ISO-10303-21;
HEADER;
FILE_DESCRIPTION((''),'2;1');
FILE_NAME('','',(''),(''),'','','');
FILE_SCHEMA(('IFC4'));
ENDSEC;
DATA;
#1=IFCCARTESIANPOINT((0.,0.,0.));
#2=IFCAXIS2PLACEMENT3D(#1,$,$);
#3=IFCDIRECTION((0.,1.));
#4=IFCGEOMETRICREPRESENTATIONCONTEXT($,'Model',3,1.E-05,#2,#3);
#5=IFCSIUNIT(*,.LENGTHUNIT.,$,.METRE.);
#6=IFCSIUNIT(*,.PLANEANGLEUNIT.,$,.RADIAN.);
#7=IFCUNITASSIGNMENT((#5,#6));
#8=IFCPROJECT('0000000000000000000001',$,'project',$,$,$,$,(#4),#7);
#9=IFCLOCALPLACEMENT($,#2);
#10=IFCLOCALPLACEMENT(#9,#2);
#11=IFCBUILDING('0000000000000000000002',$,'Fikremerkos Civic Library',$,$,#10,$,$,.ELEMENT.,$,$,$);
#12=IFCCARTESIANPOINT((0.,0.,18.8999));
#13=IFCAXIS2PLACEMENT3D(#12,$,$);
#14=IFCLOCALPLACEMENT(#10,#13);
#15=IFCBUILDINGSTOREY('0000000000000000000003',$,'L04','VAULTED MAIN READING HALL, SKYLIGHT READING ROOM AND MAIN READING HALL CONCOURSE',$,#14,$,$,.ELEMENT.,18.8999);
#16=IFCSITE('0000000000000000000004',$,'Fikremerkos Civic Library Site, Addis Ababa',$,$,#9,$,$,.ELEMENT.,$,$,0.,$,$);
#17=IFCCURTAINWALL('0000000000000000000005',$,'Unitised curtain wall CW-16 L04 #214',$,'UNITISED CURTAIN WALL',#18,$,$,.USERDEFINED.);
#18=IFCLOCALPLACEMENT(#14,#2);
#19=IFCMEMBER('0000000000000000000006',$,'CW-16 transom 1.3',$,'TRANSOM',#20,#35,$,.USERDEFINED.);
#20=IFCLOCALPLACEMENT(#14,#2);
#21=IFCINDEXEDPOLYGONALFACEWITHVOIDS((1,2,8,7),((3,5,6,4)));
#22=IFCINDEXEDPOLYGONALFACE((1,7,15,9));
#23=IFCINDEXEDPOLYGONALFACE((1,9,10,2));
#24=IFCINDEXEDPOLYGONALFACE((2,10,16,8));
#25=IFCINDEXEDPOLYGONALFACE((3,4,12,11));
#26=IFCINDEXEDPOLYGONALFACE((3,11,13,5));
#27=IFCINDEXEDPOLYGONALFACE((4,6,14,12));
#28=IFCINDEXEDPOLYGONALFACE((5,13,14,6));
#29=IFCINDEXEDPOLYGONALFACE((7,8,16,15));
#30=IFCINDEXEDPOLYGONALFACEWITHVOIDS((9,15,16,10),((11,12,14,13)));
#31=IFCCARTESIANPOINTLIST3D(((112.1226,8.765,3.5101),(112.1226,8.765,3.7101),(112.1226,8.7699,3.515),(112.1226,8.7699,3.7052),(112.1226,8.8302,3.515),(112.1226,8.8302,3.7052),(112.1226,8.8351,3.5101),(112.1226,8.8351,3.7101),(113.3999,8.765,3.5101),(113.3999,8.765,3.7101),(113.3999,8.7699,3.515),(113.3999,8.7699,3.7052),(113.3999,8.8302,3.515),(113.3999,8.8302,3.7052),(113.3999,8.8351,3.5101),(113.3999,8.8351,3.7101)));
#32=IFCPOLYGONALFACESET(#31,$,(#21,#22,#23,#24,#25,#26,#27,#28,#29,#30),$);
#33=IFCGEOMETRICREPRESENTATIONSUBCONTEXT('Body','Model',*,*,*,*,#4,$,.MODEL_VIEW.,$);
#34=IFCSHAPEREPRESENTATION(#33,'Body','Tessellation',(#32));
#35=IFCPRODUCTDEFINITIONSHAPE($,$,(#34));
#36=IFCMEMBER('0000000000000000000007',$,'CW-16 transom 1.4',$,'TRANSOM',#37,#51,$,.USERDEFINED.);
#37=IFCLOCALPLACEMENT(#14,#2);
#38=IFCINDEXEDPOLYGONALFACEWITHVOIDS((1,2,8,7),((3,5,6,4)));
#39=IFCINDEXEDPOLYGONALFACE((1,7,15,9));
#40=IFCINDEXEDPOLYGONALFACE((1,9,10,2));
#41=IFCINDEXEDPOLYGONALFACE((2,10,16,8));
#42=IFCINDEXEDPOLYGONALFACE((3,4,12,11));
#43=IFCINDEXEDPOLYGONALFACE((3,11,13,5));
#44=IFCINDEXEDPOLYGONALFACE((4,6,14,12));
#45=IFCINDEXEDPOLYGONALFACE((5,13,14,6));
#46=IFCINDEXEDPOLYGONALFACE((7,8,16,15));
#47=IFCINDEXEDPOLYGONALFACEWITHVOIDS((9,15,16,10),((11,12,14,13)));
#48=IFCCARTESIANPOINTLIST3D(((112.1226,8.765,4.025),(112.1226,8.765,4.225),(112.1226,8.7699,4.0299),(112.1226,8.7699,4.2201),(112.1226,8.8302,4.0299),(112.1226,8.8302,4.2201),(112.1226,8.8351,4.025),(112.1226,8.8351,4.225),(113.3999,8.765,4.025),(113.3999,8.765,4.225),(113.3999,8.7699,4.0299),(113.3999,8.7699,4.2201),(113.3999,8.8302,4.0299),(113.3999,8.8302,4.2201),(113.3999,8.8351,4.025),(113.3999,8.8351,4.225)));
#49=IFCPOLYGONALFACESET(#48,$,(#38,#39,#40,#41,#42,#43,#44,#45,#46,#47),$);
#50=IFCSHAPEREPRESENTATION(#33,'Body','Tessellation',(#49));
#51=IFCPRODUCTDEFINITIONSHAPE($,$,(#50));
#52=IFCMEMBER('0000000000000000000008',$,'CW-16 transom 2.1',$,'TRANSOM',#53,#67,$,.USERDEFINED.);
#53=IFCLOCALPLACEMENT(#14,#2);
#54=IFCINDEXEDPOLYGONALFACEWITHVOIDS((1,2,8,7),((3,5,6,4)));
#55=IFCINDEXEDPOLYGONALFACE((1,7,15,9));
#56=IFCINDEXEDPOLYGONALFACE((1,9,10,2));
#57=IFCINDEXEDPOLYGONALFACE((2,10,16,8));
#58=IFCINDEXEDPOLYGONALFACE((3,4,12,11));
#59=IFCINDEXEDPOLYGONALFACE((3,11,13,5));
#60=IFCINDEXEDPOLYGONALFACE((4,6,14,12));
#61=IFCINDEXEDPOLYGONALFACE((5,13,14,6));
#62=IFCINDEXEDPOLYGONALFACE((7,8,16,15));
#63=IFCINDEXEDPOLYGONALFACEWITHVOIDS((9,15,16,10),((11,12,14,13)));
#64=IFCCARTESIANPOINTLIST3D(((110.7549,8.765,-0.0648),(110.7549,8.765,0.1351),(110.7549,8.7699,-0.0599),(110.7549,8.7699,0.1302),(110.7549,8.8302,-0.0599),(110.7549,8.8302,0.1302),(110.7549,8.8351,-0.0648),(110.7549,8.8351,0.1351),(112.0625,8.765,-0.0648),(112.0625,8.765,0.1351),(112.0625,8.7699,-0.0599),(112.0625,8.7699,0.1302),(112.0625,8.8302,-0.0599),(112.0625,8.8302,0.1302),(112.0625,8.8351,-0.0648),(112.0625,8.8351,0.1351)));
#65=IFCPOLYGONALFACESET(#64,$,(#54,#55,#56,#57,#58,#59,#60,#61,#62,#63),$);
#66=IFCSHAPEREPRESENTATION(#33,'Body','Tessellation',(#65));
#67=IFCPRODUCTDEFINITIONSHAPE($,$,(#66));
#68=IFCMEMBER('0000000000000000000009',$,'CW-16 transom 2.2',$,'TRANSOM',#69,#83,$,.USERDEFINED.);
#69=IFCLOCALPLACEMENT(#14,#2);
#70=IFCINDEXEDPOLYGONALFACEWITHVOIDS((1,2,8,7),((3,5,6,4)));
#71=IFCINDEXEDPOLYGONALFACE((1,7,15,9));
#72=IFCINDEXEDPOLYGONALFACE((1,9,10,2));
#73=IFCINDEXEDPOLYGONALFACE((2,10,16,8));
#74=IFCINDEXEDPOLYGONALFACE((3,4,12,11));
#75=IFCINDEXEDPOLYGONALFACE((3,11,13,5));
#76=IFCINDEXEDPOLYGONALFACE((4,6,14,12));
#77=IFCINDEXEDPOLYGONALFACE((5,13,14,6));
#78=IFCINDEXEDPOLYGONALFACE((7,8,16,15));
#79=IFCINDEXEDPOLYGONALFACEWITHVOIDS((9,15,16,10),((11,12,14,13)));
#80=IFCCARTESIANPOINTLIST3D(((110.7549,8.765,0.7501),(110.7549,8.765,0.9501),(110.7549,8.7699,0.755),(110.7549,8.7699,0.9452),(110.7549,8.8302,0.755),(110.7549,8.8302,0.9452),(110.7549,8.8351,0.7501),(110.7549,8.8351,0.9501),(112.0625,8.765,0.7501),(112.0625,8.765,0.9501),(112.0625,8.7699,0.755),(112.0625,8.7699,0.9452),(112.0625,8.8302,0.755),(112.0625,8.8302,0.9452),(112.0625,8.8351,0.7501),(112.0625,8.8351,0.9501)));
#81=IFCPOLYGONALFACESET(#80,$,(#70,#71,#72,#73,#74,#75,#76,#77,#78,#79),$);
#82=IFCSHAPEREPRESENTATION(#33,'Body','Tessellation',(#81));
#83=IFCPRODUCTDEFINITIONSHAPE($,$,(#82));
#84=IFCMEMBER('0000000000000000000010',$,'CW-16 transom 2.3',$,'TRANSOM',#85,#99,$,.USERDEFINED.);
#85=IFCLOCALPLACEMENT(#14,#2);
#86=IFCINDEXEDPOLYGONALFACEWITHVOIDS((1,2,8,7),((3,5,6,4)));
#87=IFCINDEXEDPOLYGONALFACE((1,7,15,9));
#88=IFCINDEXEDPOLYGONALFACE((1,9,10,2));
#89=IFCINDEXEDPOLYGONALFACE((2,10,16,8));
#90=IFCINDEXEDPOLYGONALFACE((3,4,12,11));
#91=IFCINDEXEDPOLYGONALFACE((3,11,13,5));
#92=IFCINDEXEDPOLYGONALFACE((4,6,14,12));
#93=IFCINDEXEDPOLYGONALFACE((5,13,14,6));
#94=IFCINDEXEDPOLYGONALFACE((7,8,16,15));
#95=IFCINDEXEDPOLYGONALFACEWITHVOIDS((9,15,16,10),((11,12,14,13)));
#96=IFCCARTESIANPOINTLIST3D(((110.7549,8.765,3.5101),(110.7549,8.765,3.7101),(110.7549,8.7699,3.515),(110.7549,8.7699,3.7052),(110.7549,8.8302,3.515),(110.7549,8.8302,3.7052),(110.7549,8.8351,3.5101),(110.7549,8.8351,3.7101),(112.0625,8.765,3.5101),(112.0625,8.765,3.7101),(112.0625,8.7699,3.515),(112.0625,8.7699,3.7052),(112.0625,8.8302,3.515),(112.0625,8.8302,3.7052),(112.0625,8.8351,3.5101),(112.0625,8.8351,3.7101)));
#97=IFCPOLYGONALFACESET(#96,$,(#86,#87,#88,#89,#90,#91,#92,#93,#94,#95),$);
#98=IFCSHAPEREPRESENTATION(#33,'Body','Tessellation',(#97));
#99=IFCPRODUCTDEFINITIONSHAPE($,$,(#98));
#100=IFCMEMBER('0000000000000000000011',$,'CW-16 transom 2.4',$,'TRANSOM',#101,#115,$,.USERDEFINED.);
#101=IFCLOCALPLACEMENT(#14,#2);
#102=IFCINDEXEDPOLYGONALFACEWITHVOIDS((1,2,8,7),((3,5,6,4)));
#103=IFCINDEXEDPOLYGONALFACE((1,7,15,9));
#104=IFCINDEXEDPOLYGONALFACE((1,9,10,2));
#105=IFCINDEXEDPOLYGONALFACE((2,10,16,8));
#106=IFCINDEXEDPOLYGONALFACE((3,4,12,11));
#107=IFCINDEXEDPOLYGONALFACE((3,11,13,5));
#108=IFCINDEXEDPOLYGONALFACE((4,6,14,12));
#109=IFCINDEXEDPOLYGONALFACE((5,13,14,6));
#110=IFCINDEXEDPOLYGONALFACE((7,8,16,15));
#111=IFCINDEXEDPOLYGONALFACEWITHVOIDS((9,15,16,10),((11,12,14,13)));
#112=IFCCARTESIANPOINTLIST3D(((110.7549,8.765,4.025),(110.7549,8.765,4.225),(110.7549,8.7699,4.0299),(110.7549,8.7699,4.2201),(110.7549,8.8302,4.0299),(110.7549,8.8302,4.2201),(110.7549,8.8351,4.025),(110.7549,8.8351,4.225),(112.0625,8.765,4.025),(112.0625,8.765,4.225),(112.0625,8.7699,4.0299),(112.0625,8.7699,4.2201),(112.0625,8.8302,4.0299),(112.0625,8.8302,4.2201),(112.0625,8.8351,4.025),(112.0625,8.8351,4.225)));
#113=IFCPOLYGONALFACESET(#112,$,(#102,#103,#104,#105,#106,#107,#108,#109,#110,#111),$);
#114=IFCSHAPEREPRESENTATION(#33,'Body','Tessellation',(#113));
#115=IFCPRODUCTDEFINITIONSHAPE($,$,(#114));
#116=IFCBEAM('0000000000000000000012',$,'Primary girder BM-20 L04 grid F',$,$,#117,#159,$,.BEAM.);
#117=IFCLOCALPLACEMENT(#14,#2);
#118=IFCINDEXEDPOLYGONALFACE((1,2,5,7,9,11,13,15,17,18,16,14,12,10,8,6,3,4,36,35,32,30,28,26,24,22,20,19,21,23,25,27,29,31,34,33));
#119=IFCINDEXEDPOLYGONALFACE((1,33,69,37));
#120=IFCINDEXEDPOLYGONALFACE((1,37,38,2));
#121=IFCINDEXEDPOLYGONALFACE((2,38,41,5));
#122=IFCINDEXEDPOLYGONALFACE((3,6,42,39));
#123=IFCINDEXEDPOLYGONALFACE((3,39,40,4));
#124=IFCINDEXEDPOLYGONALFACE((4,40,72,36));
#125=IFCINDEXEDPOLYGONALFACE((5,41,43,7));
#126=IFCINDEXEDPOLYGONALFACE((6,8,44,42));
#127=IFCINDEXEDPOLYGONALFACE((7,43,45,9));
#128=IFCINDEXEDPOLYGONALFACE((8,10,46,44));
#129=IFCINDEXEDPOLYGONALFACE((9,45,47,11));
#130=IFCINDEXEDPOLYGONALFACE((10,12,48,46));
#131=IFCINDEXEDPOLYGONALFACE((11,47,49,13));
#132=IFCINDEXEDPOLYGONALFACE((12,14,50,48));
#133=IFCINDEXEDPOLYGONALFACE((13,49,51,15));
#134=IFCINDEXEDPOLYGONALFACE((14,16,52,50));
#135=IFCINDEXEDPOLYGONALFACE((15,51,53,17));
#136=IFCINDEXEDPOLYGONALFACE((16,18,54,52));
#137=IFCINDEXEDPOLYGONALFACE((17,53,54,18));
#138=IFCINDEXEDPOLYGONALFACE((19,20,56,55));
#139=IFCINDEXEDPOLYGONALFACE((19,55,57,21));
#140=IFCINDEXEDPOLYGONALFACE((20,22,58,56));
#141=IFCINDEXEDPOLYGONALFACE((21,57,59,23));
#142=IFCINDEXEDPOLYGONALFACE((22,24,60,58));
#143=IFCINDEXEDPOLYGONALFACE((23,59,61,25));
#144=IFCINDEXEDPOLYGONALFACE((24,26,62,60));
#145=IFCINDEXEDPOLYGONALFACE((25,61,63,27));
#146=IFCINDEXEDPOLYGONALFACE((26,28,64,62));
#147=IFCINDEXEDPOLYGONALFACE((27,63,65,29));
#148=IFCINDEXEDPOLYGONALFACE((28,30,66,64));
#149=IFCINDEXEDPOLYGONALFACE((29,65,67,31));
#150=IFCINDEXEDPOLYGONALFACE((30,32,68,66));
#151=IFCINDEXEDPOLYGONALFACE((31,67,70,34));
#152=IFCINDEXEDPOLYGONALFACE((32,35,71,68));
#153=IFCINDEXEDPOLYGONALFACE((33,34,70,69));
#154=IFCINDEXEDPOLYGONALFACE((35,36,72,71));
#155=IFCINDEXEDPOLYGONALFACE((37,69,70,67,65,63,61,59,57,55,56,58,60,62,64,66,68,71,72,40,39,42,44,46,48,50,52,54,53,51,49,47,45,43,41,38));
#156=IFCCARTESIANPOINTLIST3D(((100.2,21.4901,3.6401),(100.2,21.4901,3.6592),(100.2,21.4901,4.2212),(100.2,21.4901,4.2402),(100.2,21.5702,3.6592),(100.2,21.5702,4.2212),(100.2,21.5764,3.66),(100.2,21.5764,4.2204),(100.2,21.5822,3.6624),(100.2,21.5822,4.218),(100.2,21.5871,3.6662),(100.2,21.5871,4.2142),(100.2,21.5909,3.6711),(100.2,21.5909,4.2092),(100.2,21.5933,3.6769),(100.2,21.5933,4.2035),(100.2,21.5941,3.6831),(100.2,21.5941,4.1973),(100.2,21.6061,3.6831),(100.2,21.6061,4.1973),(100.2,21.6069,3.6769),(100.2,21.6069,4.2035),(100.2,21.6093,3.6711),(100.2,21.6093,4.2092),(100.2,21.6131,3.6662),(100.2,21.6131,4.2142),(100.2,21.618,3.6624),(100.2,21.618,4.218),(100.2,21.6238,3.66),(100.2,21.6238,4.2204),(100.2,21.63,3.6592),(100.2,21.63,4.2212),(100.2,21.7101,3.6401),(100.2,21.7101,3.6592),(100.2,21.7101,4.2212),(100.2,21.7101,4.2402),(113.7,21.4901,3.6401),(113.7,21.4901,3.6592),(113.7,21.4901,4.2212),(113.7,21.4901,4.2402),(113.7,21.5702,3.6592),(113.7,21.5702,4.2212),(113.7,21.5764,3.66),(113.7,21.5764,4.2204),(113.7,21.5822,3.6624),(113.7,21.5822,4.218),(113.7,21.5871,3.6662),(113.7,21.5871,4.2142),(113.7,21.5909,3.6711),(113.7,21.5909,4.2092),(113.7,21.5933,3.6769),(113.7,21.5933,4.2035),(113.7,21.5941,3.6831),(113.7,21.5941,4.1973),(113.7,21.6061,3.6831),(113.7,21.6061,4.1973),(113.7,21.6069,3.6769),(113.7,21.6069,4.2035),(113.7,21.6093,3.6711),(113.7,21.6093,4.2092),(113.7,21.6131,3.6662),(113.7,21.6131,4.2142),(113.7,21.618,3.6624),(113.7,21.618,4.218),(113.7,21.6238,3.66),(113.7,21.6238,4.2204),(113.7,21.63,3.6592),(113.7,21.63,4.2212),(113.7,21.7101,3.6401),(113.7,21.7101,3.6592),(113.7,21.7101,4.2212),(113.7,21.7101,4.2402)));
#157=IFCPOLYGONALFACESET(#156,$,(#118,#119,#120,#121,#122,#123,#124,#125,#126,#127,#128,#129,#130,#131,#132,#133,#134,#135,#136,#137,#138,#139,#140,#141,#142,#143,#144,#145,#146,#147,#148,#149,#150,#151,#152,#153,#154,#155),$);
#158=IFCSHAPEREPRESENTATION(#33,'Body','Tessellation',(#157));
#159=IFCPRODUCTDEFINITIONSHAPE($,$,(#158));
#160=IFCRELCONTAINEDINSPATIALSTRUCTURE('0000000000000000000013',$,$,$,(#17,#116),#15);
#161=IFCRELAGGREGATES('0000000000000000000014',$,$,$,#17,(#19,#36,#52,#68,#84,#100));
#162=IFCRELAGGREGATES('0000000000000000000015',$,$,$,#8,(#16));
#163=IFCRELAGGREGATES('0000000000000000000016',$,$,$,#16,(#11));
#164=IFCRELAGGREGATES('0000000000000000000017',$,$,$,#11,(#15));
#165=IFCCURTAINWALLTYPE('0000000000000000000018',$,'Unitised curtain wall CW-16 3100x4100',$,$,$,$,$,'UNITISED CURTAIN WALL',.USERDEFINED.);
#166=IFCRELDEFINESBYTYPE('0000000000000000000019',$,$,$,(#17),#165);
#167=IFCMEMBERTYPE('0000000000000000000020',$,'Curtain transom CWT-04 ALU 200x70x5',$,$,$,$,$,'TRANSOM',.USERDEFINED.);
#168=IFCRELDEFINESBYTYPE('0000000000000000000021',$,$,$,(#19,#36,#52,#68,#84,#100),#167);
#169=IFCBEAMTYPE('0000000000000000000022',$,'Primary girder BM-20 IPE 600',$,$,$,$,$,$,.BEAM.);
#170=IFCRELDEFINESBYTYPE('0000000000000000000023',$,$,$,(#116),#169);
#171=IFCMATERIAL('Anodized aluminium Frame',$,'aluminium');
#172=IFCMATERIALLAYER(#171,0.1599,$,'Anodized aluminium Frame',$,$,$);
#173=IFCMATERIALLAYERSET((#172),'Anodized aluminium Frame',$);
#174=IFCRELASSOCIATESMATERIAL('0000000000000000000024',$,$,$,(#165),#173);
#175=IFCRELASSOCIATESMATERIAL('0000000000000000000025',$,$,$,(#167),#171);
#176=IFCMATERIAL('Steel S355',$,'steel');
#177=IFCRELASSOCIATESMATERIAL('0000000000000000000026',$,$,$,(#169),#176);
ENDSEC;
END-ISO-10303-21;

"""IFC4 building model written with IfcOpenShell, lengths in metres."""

from ifc_helpers import new_model, si_unit, direction, frame, origin, origin_2d, place, context, subcontext, project, spatial, hollow_rectangle, i_section, extrude, material, layer, layer_set, material_profile, profile_set, type_object, element, aggregate, save


model = new_model("IFC4")

# Units and contexts
model_context = context("Model", 3, precision=1e-05, world=origin(), true_north=direction((0.0, 1.0)))
body_context = subcontext(model_context, "Body", "Model", "MODEL_VIEW")
ifc_project = project(units=[si_unit("LENGTHUNIT", "METRE"), si_unit("PLANEANGLEUNIT", "RADIAN")], contexts=[model_context])

# Site, building, storey
site_placement = place(None, origin())
site = spatial("IfcSite", under=ifc_project, at=site_placement, Name="Fikremerkos Civic Library Site, Addis Ababa", CompositionType="ELEMENT", RefElevation=0.0)
building_placement = place(site_placement, origin())
building = spatial("IfcBuilding", under=site, at=building_placement, Name="Fikremerkos Civic Library", CompositionType="ELEMENT")
storey_placement = place(building_placement, frame((0.0, 0.0, 18.8999)))
storey = spatial("IfcBuildingStorey", under=building, at=storey_placement, Name="L04", Description="VAULTED MAIN READING HALL, SKYLIGHT READING ROOM AND MAIN READING HALL CONCOURSE", CompositionType="ELEMENT", Elevation=18.8999)

# Shared definitions
ifc_material_1 = material(Name="Steel S355", Category="steel")

# Curtain wall
ifc_material_2 = material(Name="Anodized aluminium Frame", Category="aluminium")
ifc_layer_1 = layer(ifc_material_2, 0.1599, Name="Anodized aluminium Frame")
ifc_layer_set_1 = layer_set([ifc_layer_1], Name="Anodized aluminium Frame")
curtain_wall_type_1 = type_object("IfcCurtainWallType", Name="Unitised curtain wall CW-16 3100x4100", ElementType="UNITISED CURTAIN WALL", PredefinedType="USERDEFINED", material=ifc_layer_set_1)
curtain_wall_1_placement = place(storey_placement, origin())
curtain_wall_1 = element("IfcCurtainWall", 1, at=curtain_wall_1_placement, inside=storey, type_object=curtain_wall_type_1, Name="Unitised curtain wall CW-16 L04 #214", ObjectType="UNITISED CURTAIN WALL", PredefinedType="USERDEFINED")

# Members
ifc_material_profile_1 = material_profile(ifc_material_2, hollow_rectangle(XDim=0.0701, YDim=0.2, WallThickness=0.0049, at=origin_2d()), Name="ALU 200x70x5")
ifc_profile_set_1 = profile_set([ifc_material_profile_1], Name="Anodized aluminium Frame")
member_type_1 = type_object("IfcMemberType", Name="Curtain transom CWT-04 ALU 200x70x5", ElementType="TRANSOM", PredefinedType="USERDEFINED", material=ifc_profile_set_1)
member_1_placement = place(storey_placement, frame((113.3999, 8.8, 3.6101), z_axis=(-1.0, 0.0, 0.0), x_axis=(0.0, -1.0, 0.0)))
member_1 = element("IfcMember", 2, at=member_1_placement, type_object=member_type_1, Name="CW-16 transom 1.3", ObjectType="TRANSOM", PredefinedType="USERDEFINED", context=body_context, shape_type="SweptSolid", body=[
    extrude(hollow_rectangle(XDim=0.0701, YDim=0.2, WallThickness=0.0049, at=origin_2d()), origin(), (0.0, 0.0, 1.0), 1.2773),
])
member_2_placement = place(storey_placement, frame((113.3999, 8.8, 4.125), z_axis=(-1.0, 0.0, 0.0), x_axis=(0.0, -1.0, 0.0)))
member_2 = element("IfcMember", 3, at=member_2_placement, type_object=member_type_1, Name="CW-16 transom 1.4", ObjectType="TRANSOM", PredefinedType="USERDEFINED", context=body_context, shape_type="SweptSolid", body=[
    extrude(hollow_rectangle(XDim=0.0701, YDim=0.2, WallThickness=0.0049, at=origin_2d()), origin(), (0.0, 0.0, 1.0), 1.2773),
])
member_3_placement = place(storey_placement, frame((112.0625, 8.8, 0.0352), z_axis=(-1.0, 0.0, 0.0), x_axis=(0.0, -1.0, 0.0)))
member_3 = element("IfcMember", 4, at=member_3_placement, type_object=member_type_1, Name="CW-16 transom 2.1", ObjectType="TRANSOM", PredefinedType="USERDEFINED", context=body_context, shape_type="SweptSolid", body=[
    extrude(hollow_rectangle(XDim=0.0701, YDim=0.2, WallThickness=0.0049, at=origin_2d()), origin(), (0.0, 0.0, 1.0), 1.3076),
])
member_4_placement = place(storey_placement, frame((112.0625, 8.8, 0.8501), z_axis=(-1.0, 0.0, 0.0), x_axis=(0.0, -1.0, 0.0)))
member_4 = element("IfcMember", 5, at=member_4_placement, type_object=member_type_1, Name="CW-16 transom 2.2", ObjectType="TRANSOM", PredefinedType="USERDEFINED", context=body_context, shape_type="SweptSolid", body=[
    extrude(hollow_rectangle(XDim=0.0701, YDim=0.2, WallThickness=0.0049, at=origin_2d()), origin(), (0.0, 0.0, 1.0), 1.3076),
])
member_5_placement = place(storey_placement, frame((112.0625, 8.8, 3.6101), z_axis=(-1.0, 0.0, 0.0), x_axis=(0.0, -1.0, 0.0)))
member_5 = element("IfcMember", 6, at=member_5_placement, type_object=member_type_1, Name="CW-16 transom 2.3", ObjectType="TRANSOM", PredefinedType="USERDEFINED", context=body_context, shape_type="SweptSolid", body=[
    extrude(hollow_rectangle(XDim=0.0701, YDim=0.2, WallThickness=0.0049, at=origin_2d()), origin(), (0.0, 0.0, 1.0), 1.3076),
])
member_6_placement = place(storey_placement, frame((112.0625, 8.8, 4.125), z_axis=(-1.0, 0.0, 0.0), x_axis=(0.0, -1.0, 0.0)))
member_6 = element("IfcMember", 7, at=member_6_placement, type_object=member_type_1, Name="CW-16 transom 2.4", ObjectType="TRANSOM", PredefinedType="USERDEFINED", context=body_context, shape_type="SweptSolid", body=[
    extrude(hollow_rectangle(XDim=0.0701, YDim=0.2, WallThickness=0.0049, at=origin_2d()), origin(), (0.0, 0.0, 1.0), 1.3076),
])

# Beam
ifc_material_profile_2 = material_profile(ifc_material_1, i_section(OverallWidth=0.22, OverallDepth=0.6001, WebThickness=0.012, FlangeThickness=0.019, FilletRadius=0.0239, at=origin_2d()), Name="IPE 600")
ifc_profile_set_2 = profile_set([ifc_material_profile_2], Name="Steel S355")
beam_type_1 = type_object("IfcBeamType", Name="Primary girder BM-20 IPE 600", PredefinedType="BEAM", material=ifc_profile_set_2)
beam_1_placement = place(storey_placement, frame((100.2, 21.6001, 3.9402), z_axis=(1.0, 0.0, 0.0), x_axis=(0.0, 1.0, 0.0)))
element("IfcBeam", 8, at=beam_1_placement, inside=storey, type_object=beam_type_1, Name="Primary girder BM-20 L04 grid F", PredefinedType="BEAM", context=body_context, shape_type="SweptSolid", body=[
    extrude(i_section(OverallWidth=0.22, OverallDepth=0.6001, WebThickness=0.012, FlangeThickness=0.019, FilletRadius=0.0239, at=origin_2d()), origin(), (0.0, 0.0, 1.0), 13.5),
])

aggregate(curtain_wall_1, [member_1, member_2, member_3, member_4, member_5, member_6])

save(model, "model.ifc")
